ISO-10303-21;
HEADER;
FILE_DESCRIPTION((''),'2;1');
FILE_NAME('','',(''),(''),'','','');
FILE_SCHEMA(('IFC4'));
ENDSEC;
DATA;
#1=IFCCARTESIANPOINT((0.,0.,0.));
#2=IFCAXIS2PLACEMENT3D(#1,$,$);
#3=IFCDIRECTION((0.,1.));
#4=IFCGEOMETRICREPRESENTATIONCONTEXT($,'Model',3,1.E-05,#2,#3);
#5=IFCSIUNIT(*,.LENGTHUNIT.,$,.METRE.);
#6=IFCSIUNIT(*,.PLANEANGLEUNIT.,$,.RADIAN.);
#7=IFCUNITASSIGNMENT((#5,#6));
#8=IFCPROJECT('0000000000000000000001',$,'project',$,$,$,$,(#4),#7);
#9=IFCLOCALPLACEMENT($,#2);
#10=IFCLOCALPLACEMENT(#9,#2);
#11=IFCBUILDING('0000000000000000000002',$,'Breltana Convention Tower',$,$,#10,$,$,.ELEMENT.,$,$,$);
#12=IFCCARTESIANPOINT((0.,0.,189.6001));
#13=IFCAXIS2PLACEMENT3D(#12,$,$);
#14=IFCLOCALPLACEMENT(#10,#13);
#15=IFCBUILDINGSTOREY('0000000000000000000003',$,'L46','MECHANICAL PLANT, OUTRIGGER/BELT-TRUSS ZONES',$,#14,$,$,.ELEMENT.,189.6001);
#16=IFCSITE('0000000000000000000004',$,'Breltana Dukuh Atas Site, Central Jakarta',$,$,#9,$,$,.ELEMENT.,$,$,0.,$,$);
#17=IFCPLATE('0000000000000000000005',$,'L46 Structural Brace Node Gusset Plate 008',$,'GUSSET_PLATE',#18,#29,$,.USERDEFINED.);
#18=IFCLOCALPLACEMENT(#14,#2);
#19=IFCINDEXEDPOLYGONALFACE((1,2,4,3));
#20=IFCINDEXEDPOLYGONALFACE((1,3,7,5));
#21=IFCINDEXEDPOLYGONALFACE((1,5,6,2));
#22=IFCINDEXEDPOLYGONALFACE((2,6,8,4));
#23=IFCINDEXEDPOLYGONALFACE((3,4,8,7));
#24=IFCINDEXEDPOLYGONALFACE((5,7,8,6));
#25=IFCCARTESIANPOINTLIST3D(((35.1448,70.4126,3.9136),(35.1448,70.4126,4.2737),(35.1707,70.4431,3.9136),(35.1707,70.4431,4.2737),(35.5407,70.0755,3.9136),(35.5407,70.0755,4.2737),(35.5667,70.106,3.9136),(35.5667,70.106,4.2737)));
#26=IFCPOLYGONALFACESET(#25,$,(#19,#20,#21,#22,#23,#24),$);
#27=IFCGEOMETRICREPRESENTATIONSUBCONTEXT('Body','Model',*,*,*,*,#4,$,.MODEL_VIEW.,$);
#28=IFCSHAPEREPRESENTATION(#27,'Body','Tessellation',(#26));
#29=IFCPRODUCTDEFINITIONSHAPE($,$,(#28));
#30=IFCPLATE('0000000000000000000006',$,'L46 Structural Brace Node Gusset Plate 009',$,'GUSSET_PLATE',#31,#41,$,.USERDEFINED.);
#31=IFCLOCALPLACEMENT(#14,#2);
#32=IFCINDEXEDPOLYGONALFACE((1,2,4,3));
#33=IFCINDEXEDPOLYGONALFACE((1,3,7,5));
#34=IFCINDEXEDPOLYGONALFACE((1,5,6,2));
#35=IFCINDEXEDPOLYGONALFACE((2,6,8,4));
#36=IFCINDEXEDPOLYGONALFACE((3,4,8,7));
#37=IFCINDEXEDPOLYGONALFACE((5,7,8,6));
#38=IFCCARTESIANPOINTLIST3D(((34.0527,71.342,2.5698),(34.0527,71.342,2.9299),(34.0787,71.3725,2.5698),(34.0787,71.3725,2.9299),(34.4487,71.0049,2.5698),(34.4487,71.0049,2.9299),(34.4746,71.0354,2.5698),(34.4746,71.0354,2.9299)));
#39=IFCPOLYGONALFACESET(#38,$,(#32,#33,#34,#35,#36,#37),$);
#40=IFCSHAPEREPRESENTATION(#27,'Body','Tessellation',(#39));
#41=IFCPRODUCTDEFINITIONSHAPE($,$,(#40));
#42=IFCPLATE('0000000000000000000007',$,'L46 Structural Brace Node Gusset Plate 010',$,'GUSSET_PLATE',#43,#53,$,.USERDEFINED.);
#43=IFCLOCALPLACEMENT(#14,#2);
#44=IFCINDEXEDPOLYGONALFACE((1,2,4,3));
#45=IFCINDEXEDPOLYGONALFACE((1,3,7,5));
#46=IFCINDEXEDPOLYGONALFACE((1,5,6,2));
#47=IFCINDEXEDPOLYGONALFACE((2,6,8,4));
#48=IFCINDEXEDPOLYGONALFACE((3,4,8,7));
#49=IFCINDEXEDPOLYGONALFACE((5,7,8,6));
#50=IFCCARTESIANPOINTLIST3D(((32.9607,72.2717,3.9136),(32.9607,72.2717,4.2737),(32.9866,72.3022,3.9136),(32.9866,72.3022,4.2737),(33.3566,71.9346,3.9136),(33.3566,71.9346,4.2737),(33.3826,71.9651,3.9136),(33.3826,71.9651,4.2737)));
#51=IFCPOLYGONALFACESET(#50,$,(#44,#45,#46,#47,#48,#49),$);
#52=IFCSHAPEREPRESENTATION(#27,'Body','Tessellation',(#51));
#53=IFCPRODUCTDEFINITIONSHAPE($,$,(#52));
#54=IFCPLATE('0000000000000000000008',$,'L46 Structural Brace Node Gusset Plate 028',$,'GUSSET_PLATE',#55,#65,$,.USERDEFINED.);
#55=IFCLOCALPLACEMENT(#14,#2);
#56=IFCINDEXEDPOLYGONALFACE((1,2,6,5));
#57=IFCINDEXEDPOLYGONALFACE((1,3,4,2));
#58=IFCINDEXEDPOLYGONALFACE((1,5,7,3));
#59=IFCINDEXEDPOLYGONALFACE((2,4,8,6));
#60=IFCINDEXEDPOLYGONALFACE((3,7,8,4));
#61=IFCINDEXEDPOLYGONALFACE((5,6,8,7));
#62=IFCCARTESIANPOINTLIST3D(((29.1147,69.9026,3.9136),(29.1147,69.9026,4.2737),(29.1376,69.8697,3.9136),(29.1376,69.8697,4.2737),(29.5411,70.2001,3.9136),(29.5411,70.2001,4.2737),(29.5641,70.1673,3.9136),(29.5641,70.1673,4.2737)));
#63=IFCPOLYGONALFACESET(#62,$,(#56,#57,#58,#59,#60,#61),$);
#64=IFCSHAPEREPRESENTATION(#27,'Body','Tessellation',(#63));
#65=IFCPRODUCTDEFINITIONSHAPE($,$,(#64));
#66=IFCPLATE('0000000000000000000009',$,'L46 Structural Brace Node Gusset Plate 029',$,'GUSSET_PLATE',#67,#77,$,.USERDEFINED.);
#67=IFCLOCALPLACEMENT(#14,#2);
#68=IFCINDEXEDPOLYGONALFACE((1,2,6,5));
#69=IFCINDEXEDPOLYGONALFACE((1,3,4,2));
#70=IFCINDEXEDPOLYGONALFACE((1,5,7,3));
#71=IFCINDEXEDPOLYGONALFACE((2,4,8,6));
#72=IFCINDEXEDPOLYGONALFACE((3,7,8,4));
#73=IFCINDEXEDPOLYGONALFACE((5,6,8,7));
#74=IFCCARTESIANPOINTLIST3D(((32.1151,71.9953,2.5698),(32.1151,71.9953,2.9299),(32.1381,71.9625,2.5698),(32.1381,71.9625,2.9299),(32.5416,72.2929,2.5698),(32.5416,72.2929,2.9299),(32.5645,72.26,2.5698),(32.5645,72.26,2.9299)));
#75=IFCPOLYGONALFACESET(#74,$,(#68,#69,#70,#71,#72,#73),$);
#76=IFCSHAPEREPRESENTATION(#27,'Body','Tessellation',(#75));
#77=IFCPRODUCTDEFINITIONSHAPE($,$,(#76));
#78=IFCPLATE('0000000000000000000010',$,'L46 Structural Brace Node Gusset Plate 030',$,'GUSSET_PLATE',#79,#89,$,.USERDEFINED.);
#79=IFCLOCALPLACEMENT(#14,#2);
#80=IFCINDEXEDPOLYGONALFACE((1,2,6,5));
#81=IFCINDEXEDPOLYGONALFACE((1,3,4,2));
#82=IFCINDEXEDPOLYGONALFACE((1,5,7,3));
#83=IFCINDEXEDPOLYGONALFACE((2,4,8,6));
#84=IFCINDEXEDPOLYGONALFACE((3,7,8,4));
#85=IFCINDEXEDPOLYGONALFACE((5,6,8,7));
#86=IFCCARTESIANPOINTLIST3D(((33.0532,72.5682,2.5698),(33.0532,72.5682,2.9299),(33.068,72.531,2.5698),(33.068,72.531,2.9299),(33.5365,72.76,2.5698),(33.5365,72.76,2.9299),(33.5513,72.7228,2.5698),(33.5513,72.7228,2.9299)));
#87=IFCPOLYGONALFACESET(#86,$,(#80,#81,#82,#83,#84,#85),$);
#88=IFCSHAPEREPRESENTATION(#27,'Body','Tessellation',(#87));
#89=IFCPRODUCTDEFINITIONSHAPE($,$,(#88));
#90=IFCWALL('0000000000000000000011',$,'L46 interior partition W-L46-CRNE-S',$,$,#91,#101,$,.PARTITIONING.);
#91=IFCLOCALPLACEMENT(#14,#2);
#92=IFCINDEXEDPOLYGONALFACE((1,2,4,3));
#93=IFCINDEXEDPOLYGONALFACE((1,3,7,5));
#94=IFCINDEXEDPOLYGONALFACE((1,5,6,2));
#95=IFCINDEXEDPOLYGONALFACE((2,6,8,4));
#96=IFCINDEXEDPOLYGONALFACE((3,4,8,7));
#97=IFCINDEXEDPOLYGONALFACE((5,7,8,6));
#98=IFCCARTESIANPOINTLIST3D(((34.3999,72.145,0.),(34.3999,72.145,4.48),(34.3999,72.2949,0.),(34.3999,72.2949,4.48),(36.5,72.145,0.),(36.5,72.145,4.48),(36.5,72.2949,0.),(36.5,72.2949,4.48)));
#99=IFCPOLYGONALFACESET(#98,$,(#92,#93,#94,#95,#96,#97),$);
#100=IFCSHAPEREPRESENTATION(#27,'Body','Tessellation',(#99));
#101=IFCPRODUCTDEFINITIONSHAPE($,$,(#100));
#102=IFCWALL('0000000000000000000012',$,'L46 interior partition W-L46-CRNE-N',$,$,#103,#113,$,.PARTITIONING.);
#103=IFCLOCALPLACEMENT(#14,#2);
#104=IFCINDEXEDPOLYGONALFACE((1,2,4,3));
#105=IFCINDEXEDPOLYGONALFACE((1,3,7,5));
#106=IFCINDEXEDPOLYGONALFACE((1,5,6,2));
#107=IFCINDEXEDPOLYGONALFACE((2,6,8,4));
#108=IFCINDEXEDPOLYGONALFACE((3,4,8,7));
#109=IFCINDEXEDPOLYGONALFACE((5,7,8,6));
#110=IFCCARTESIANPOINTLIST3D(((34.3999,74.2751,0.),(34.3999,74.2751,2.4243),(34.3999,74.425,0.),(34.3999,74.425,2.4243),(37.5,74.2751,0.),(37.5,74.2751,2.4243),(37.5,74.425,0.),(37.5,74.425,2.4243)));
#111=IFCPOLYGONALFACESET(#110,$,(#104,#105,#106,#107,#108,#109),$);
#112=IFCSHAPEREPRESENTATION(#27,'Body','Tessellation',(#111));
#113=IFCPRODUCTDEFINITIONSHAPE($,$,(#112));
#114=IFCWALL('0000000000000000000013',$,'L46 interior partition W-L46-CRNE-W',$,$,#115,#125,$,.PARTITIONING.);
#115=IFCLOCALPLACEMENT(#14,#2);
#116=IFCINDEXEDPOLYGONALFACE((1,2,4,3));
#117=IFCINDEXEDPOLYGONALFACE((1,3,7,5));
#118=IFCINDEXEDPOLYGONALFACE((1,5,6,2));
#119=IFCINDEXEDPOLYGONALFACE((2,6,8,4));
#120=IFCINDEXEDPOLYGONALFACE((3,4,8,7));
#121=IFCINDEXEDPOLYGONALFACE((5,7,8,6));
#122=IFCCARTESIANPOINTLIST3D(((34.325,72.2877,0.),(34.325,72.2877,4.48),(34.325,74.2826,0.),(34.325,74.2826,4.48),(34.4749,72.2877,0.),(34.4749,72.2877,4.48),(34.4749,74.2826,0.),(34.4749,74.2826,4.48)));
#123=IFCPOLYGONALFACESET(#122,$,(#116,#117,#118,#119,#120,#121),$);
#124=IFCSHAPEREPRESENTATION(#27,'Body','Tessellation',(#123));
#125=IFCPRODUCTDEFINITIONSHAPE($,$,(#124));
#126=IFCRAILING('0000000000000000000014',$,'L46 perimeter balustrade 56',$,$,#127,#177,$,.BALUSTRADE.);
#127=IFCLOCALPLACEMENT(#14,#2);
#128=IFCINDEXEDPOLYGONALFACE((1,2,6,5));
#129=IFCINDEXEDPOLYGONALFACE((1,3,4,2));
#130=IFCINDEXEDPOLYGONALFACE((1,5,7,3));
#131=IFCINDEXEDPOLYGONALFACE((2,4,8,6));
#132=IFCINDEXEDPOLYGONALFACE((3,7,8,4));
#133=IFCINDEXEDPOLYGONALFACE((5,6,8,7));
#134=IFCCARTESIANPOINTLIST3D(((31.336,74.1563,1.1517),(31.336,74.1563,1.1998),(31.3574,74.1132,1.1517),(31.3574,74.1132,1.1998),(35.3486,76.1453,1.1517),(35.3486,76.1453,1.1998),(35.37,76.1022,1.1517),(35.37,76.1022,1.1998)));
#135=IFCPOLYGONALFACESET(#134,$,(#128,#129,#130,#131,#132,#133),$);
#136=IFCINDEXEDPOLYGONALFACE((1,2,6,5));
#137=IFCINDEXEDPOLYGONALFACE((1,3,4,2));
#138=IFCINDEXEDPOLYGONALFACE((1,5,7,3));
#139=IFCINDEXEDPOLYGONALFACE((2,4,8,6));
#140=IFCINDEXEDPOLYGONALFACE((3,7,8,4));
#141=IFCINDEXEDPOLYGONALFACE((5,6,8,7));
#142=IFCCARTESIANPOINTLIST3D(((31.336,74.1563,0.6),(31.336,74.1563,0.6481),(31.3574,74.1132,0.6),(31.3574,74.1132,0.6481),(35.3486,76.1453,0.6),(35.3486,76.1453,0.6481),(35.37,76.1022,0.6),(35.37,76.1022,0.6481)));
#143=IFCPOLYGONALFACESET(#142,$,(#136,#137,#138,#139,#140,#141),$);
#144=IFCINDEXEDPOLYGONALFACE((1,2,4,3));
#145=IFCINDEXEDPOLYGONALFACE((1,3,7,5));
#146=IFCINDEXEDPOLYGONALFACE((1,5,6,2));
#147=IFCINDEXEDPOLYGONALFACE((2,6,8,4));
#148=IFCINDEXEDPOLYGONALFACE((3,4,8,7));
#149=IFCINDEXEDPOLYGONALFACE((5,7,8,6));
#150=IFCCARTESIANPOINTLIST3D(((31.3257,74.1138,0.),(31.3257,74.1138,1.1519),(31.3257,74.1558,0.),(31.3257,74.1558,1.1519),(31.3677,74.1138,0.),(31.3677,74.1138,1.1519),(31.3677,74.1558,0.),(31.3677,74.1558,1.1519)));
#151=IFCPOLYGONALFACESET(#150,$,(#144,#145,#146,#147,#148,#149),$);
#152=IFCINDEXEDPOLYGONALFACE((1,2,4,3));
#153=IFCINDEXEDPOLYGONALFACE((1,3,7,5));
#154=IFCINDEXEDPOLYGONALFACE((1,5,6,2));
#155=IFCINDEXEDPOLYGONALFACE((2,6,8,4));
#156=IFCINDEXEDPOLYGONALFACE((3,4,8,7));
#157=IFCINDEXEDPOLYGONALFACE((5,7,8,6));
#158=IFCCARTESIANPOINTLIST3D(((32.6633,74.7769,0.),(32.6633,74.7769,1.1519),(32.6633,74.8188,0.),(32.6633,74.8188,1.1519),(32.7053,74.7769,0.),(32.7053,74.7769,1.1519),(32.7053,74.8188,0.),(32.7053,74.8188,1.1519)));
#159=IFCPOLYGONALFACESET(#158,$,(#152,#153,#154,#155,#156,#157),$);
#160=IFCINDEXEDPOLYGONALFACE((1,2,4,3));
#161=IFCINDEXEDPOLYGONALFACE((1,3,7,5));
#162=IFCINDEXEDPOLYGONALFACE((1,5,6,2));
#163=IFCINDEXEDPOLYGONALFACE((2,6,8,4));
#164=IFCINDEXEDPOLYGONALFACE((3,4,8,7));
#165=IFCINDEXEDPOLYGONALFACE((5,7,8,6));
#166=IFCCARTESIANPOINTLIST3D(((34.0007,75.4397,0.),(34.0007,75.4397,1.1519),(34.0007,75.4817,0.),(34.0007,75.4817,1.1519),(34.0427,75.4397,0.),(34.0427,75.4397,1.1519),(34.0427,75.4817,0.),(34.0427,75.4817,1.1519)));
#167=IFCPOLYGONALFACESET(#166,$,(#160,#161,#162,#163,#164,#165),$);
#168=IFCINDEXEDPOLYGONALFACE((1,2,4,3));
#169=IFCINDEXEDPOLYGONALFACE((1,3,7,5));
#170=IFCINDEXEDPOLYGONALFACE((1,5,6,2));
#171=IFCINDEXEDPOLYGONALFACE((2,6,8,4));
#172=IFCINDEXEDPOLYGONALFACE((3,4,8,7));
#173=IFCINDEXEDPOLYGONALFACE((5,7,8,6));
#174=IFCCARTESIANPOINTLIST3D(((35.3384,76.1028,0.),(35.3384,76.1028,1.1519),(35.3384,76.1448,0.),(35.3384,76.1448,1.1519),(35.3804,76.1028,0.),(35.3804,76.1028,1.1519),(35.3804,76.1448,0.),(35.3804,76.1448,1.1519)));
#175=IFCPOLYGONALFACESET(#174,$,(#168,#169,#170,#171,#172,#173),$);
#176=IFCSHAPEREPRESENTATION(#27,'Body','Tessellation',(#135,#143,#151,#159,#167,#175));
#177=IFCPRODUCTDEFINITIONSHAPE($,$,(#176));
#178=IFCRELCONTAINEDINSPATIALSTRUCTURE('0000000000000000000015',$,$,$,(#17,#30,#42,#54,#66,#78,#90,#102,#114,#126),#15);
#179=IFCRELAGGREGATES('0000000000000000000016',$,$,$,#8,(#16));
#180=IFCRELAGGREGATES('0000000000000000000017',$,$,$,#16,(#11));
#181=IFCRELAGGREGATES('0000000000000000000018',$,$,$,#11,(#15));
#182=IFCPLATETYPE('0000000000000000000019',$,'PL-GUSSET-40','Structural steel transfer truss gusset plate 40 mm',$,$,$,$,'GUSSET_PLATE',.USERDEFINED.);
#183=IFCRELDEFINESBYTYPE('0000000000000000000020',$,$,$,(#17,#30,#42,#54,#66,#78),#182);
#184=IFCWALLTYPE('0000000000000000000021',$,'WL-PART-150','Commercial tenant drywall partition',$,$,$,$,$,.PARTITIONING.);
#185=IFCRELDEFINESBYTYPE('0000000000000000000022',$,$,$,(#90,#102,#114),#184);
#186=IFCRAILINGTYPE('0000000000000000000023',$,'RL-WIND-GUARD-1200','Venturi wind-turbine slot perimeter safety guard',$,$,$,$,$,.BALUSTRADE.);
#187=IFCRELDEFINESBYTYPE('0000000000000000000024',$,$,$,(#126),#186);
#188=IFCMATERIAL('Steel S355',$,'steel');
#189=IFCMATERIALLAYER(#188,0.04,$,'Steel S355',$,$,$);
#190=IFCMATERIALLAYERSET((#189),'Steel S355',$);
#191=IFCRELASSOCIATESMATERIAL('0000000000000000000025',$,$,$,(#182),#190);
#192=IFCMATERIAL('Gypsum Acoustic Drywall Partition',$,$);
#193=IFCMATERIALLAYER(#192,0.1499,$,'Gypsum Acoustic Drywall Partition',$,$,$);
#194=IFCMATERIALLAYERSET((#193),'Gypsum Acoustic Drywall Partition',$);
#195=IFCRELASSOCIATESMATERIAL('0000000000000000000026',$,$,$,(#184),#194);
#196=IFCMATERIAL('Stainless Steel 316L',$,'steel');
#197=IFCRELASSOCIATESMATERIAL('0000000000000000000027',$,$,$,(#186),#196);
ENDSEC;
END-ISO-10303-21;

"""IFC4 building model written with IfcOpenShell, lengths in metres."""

from ifc_helpers import new_model, si_unit, direction, frame, frame_2d, origin, origin_2d, place, context, subcontext, project, spatial, rectangle, extrude, source, transform, mapped, material, layer, layer_set, type_object, element, save


model = new_model("IFC4")

# Units and contexts
model_context = context("Model", 3, precision=1e-05, world=origin(), true_north=direction((0.0, 1.0)))
body_context = subcontext(model_context, "Body", "Model", "MODEL_VIEW")
ifc_project = project(units=[si_unit("LENGTHUNIT", "METRE"), si_unit("PLANEANGLEUNIT", "RADIAN")], contexts=[model_context])

# Site, building, storey
site_placement = place(None, origin())
site = spatial("IfcSite", under=ifc_project, at=site_placement, Name="Breltana Dukuh Atas Site, Central Jakarta", CompositionType="ELEMENT", RefElevation=0.0)
building_placement = place(site_placement, origin())
building = spatial("IfcBuilding", under=site, at=building_placement, Name="Breltana Convention Tower", CompositionType="ELEMENT")
storey_placement = place(building_placement, frame((0.0, 0.0, 189.6001)))
storey = spatial("IfcBuildingStorey", under=building, at=storey_placement, Name="L46", Description="MECHANICAL PLANT, OUTRIGGER/BELT-TRUSS ZONES", CompositionType="ELEMENT", Elevation=189.6001)

# Plates
ifc_material_1 = material(Name="Steel S355", Category="steel")
ifc_layer_1 = layer(ifc_material_1, 0.04, Name="Steel S355")
ifc_layer_set_1 = layer_set([ifc_layer_1], Name="Steel S355")
plate_type = type_object("IfcPlateType", Name="PL-GUSSET-40", Description="Structural steel transfer truss gusset plate 40 mm", ElementType="GUSSET_PLATE", PredefinedType="USERDEFINED", material=ifc_layer_set_1)
shared_shape_1 = source(origin(), body_context, "Body", "SweptSolid", [
    extrude(rectangle(XDim=0.52, YDim=0.04, at=origin_2d()), origin(), (0.0, 0.0, 1.0), 0.3601),
])
for number, where, z_axis, x_axis, name in (
    (1, (35.3557, 70.2593, 3.9136), (0.0, 0.0, 1.0), (-0.761425, 0.648253, 0.0), "L46 Structural Brace Node Gusset Plate 008"),
    (2, (34.2637, 71.1887, 2.5698), (0.0, 0.0, 1.0), (-0.761425, 0.648253, 0.0), "L46 Structural Brace Node Gusset Plate 009"),
    (3, (33.1716, 72.1184, 3.9136), (0.0, 0.0, 1.0), (-0.761425, 0.648253, 0.0), "L46 Structural Brace Node Gusset Plate 010"),
    (4, (29.3394, 70.0349, 3.9136), (0.0, 0.0, 1.0), (0.820152, 0.572146, 0.0), "L46 Structural Brace Node Gusset Plate 028"),
    (5, (32.3398, 72.1277, 2.5698), (0.0, 0.0, 1.0), (0.820152, 0.572146, 0.0), "L46 Structural Brace Node Gusset Plate 029"),
    (6, (33.3022, 72.6455, 2.5698), (0.0, 0.0, 1.0), (0.929455, 0.368936, 0.0), "L46 Structural Brace Node Gusset Plate 030"),
):
    element("IfcPlate", number, at=place(storey_placement, frame(where, z_axis=z_axis, x_axis=x_axis)), inside=storey, type_object=plate_type, Name=name, ObjectType="GUSSET_PLATE", PredefinedType="USERDEFINED", context=body_context, shape_type="MappedRepresentation", body=[
        mapped(shared_shape_1, transform((0.0, 0.0, 0.0), scale=1.0)),
    ])

# Walls
ifc_material_2 = material(Name="Gypsum Acoustic Drywall Partition")
ifc_layer_2 = layer(ifc_material_2, 0.1499, Name="Gypsum Acoustic Drywall Partition")
ifc_layer_set_2 = layer_set([ifc_layer_2], Name="Gypsum Acoustic Drywall Partition")
wall_type_1 = type_object("IfcWallType", Name="WL-PART-150", Description="Commercial tenant drywall partition", PredefinedType="PARTITIONING", material=ifc_layer_set_2)
shared_shape_2 = source(origin(), body_context, "Body", "SweptSolid", [
    extrude(rectangle(XDim=2.1001, YDim=0.1499, at=frame_2d((1.05, 0.0))), origin(), (0.0, 0.0, 1.0), 4.48),
])
wall_1_placement = place(storey_placement, frame((34.3999, 72.22, 0.0), z_axis=(0.0, 0.0, 1.0), x_axis=(1.0, 0.0, 0.0)))
element("IfcWall", 7, at=wall_1_placement, inside=storey, type_object=wall_type_1, Name="L46 interior partition W-L46-CRNE-S", PredefinedType="PARTITIONING", context=body_context, shape_type="MappedRepresentation", body=[
    mapped(shared_shape_2, transform((0.0, 0.0, 0.0), scale=1.0)),
])
shared_shape_3 = source(origin(), body_context, "Body", "SweptSolid", [
    extrude(rectangle(XDim=3.1001, YDim=0.1499, at=frame_2d((1.55, 0.0))), origin(), (0.0, 0.0, 1.0), 2.4243),
])
wall_2_placement = place(storey_placement, frame((34.3999, 74.3501, 0.0), z_axis=(0.0, 0.0, 1.0), x_axis=(1.0, 0.0, 0.0)))
element("IfcWall", 8, at=wall_2_placement, inside=storey, type_object=wall_type_1, Name="L46 interior partition W-L46-CRNE-N", PredefinedType="PARTITIONING", context=body_context, shape_type="MappedRepresentation", body=[
    mapped(shared_shape_3, transform((0.0, 0.0, 0.0), scale=1.0)),
])
shared_shape_4 = source(origin(), body_context, "Body", "SweptSolid", [
    extrude(rectangle(XDim=1.9949, YDim=0.1499, at=frame_2d((0.9976, 0.0))), origin(), (0.0, 0.0, 1.0), 4.48),
])
wall_3_placement = place(storey_placement, frame((34.3999, 72.2876, 0.0), z_axis=(0.0, 0.0, 1.0), x_axis=(0.0, 1.0, 0.0)))
element("IfcWall", 9, at=wall_3_placement, inside=storey, type_object=wall_type_1, Name="L46 interior partition W-L46-CRNE-W", PredefinedType="PARTITIONING", context=body_context, shape_type="MappedRepresentation", body=[
    mapped(shared_shape_4, transform((0.0, 0.0, 0.0), scale=1.0)),
])

# Railing
ifc_material_3 = material(Name="Stainless Steel 316L", Category="steel")
railing_type = type_object("IfcRailingType", Name="RL-WIND-GUARD-1200", Description="Venturi wind-turbine slot perimeter safety guard", PredefinedType="BALUSTRADE", material=ifc_material_3)
railing_placement = place(storey_placement, frame((31.3467, 74.1348, 0.0)))
element("IfcRailing", 10, at=railing_placement, inside=storey, type_object=railing_type, Name="L46 perimeter balustrade 56", PredefinedType="BALUSTRADE", context=body_context, shape_type="SweptSolid", body=[
    extrude(rectangle(XDim=0.0481, YDim=0.0481, at=origin_2d()), frame((0.0, 0.0, 1.1758), z_axis=(0.89597, 0.444115, 0.0), x_axis=(-0.444115, 0.89597, 0.0)), (0.0, 0.0, 1.0), 4.4785),
    extrude(rectangle(XDim=0.0481, YDim=0.0481, at=origin_2d()), frame((0.0, 0.0, 0.624), z_axis=(0.89597, 0.444115, 0.0), x_axis=(-0.444115, 0.89597, 0.0)), (0.0, 0.0, 1.0), 4.4785),
    extrude(rectangle(XDim=0.042, YDim=0.042, at=origin_2d()), origin(), (0.0, 0.0, 1.0), 1.1519),
    extrude(rectangle(XDim=0.042, YDim=0.042, at=origin_2d()), frame((1.3376, 0.6631, 0.0)), (0.0, 0.0, 1.0), 1.1519),
    extrude(rectangle(XDim=0.042, YDim=0.042, at=origin_2d()), frame((2.675, 1.3259, 0.0)), (0.0, 0.0, 1.0), 1.1519),
    extrude(rectangle(XDim=0.042, YDim=0.042, at=origin_2d()), frame((4.0127, 1.989, 0.0)), (0.0, 0.0, 1.0), 1.1519),
])

save(model, "model.ifc")
